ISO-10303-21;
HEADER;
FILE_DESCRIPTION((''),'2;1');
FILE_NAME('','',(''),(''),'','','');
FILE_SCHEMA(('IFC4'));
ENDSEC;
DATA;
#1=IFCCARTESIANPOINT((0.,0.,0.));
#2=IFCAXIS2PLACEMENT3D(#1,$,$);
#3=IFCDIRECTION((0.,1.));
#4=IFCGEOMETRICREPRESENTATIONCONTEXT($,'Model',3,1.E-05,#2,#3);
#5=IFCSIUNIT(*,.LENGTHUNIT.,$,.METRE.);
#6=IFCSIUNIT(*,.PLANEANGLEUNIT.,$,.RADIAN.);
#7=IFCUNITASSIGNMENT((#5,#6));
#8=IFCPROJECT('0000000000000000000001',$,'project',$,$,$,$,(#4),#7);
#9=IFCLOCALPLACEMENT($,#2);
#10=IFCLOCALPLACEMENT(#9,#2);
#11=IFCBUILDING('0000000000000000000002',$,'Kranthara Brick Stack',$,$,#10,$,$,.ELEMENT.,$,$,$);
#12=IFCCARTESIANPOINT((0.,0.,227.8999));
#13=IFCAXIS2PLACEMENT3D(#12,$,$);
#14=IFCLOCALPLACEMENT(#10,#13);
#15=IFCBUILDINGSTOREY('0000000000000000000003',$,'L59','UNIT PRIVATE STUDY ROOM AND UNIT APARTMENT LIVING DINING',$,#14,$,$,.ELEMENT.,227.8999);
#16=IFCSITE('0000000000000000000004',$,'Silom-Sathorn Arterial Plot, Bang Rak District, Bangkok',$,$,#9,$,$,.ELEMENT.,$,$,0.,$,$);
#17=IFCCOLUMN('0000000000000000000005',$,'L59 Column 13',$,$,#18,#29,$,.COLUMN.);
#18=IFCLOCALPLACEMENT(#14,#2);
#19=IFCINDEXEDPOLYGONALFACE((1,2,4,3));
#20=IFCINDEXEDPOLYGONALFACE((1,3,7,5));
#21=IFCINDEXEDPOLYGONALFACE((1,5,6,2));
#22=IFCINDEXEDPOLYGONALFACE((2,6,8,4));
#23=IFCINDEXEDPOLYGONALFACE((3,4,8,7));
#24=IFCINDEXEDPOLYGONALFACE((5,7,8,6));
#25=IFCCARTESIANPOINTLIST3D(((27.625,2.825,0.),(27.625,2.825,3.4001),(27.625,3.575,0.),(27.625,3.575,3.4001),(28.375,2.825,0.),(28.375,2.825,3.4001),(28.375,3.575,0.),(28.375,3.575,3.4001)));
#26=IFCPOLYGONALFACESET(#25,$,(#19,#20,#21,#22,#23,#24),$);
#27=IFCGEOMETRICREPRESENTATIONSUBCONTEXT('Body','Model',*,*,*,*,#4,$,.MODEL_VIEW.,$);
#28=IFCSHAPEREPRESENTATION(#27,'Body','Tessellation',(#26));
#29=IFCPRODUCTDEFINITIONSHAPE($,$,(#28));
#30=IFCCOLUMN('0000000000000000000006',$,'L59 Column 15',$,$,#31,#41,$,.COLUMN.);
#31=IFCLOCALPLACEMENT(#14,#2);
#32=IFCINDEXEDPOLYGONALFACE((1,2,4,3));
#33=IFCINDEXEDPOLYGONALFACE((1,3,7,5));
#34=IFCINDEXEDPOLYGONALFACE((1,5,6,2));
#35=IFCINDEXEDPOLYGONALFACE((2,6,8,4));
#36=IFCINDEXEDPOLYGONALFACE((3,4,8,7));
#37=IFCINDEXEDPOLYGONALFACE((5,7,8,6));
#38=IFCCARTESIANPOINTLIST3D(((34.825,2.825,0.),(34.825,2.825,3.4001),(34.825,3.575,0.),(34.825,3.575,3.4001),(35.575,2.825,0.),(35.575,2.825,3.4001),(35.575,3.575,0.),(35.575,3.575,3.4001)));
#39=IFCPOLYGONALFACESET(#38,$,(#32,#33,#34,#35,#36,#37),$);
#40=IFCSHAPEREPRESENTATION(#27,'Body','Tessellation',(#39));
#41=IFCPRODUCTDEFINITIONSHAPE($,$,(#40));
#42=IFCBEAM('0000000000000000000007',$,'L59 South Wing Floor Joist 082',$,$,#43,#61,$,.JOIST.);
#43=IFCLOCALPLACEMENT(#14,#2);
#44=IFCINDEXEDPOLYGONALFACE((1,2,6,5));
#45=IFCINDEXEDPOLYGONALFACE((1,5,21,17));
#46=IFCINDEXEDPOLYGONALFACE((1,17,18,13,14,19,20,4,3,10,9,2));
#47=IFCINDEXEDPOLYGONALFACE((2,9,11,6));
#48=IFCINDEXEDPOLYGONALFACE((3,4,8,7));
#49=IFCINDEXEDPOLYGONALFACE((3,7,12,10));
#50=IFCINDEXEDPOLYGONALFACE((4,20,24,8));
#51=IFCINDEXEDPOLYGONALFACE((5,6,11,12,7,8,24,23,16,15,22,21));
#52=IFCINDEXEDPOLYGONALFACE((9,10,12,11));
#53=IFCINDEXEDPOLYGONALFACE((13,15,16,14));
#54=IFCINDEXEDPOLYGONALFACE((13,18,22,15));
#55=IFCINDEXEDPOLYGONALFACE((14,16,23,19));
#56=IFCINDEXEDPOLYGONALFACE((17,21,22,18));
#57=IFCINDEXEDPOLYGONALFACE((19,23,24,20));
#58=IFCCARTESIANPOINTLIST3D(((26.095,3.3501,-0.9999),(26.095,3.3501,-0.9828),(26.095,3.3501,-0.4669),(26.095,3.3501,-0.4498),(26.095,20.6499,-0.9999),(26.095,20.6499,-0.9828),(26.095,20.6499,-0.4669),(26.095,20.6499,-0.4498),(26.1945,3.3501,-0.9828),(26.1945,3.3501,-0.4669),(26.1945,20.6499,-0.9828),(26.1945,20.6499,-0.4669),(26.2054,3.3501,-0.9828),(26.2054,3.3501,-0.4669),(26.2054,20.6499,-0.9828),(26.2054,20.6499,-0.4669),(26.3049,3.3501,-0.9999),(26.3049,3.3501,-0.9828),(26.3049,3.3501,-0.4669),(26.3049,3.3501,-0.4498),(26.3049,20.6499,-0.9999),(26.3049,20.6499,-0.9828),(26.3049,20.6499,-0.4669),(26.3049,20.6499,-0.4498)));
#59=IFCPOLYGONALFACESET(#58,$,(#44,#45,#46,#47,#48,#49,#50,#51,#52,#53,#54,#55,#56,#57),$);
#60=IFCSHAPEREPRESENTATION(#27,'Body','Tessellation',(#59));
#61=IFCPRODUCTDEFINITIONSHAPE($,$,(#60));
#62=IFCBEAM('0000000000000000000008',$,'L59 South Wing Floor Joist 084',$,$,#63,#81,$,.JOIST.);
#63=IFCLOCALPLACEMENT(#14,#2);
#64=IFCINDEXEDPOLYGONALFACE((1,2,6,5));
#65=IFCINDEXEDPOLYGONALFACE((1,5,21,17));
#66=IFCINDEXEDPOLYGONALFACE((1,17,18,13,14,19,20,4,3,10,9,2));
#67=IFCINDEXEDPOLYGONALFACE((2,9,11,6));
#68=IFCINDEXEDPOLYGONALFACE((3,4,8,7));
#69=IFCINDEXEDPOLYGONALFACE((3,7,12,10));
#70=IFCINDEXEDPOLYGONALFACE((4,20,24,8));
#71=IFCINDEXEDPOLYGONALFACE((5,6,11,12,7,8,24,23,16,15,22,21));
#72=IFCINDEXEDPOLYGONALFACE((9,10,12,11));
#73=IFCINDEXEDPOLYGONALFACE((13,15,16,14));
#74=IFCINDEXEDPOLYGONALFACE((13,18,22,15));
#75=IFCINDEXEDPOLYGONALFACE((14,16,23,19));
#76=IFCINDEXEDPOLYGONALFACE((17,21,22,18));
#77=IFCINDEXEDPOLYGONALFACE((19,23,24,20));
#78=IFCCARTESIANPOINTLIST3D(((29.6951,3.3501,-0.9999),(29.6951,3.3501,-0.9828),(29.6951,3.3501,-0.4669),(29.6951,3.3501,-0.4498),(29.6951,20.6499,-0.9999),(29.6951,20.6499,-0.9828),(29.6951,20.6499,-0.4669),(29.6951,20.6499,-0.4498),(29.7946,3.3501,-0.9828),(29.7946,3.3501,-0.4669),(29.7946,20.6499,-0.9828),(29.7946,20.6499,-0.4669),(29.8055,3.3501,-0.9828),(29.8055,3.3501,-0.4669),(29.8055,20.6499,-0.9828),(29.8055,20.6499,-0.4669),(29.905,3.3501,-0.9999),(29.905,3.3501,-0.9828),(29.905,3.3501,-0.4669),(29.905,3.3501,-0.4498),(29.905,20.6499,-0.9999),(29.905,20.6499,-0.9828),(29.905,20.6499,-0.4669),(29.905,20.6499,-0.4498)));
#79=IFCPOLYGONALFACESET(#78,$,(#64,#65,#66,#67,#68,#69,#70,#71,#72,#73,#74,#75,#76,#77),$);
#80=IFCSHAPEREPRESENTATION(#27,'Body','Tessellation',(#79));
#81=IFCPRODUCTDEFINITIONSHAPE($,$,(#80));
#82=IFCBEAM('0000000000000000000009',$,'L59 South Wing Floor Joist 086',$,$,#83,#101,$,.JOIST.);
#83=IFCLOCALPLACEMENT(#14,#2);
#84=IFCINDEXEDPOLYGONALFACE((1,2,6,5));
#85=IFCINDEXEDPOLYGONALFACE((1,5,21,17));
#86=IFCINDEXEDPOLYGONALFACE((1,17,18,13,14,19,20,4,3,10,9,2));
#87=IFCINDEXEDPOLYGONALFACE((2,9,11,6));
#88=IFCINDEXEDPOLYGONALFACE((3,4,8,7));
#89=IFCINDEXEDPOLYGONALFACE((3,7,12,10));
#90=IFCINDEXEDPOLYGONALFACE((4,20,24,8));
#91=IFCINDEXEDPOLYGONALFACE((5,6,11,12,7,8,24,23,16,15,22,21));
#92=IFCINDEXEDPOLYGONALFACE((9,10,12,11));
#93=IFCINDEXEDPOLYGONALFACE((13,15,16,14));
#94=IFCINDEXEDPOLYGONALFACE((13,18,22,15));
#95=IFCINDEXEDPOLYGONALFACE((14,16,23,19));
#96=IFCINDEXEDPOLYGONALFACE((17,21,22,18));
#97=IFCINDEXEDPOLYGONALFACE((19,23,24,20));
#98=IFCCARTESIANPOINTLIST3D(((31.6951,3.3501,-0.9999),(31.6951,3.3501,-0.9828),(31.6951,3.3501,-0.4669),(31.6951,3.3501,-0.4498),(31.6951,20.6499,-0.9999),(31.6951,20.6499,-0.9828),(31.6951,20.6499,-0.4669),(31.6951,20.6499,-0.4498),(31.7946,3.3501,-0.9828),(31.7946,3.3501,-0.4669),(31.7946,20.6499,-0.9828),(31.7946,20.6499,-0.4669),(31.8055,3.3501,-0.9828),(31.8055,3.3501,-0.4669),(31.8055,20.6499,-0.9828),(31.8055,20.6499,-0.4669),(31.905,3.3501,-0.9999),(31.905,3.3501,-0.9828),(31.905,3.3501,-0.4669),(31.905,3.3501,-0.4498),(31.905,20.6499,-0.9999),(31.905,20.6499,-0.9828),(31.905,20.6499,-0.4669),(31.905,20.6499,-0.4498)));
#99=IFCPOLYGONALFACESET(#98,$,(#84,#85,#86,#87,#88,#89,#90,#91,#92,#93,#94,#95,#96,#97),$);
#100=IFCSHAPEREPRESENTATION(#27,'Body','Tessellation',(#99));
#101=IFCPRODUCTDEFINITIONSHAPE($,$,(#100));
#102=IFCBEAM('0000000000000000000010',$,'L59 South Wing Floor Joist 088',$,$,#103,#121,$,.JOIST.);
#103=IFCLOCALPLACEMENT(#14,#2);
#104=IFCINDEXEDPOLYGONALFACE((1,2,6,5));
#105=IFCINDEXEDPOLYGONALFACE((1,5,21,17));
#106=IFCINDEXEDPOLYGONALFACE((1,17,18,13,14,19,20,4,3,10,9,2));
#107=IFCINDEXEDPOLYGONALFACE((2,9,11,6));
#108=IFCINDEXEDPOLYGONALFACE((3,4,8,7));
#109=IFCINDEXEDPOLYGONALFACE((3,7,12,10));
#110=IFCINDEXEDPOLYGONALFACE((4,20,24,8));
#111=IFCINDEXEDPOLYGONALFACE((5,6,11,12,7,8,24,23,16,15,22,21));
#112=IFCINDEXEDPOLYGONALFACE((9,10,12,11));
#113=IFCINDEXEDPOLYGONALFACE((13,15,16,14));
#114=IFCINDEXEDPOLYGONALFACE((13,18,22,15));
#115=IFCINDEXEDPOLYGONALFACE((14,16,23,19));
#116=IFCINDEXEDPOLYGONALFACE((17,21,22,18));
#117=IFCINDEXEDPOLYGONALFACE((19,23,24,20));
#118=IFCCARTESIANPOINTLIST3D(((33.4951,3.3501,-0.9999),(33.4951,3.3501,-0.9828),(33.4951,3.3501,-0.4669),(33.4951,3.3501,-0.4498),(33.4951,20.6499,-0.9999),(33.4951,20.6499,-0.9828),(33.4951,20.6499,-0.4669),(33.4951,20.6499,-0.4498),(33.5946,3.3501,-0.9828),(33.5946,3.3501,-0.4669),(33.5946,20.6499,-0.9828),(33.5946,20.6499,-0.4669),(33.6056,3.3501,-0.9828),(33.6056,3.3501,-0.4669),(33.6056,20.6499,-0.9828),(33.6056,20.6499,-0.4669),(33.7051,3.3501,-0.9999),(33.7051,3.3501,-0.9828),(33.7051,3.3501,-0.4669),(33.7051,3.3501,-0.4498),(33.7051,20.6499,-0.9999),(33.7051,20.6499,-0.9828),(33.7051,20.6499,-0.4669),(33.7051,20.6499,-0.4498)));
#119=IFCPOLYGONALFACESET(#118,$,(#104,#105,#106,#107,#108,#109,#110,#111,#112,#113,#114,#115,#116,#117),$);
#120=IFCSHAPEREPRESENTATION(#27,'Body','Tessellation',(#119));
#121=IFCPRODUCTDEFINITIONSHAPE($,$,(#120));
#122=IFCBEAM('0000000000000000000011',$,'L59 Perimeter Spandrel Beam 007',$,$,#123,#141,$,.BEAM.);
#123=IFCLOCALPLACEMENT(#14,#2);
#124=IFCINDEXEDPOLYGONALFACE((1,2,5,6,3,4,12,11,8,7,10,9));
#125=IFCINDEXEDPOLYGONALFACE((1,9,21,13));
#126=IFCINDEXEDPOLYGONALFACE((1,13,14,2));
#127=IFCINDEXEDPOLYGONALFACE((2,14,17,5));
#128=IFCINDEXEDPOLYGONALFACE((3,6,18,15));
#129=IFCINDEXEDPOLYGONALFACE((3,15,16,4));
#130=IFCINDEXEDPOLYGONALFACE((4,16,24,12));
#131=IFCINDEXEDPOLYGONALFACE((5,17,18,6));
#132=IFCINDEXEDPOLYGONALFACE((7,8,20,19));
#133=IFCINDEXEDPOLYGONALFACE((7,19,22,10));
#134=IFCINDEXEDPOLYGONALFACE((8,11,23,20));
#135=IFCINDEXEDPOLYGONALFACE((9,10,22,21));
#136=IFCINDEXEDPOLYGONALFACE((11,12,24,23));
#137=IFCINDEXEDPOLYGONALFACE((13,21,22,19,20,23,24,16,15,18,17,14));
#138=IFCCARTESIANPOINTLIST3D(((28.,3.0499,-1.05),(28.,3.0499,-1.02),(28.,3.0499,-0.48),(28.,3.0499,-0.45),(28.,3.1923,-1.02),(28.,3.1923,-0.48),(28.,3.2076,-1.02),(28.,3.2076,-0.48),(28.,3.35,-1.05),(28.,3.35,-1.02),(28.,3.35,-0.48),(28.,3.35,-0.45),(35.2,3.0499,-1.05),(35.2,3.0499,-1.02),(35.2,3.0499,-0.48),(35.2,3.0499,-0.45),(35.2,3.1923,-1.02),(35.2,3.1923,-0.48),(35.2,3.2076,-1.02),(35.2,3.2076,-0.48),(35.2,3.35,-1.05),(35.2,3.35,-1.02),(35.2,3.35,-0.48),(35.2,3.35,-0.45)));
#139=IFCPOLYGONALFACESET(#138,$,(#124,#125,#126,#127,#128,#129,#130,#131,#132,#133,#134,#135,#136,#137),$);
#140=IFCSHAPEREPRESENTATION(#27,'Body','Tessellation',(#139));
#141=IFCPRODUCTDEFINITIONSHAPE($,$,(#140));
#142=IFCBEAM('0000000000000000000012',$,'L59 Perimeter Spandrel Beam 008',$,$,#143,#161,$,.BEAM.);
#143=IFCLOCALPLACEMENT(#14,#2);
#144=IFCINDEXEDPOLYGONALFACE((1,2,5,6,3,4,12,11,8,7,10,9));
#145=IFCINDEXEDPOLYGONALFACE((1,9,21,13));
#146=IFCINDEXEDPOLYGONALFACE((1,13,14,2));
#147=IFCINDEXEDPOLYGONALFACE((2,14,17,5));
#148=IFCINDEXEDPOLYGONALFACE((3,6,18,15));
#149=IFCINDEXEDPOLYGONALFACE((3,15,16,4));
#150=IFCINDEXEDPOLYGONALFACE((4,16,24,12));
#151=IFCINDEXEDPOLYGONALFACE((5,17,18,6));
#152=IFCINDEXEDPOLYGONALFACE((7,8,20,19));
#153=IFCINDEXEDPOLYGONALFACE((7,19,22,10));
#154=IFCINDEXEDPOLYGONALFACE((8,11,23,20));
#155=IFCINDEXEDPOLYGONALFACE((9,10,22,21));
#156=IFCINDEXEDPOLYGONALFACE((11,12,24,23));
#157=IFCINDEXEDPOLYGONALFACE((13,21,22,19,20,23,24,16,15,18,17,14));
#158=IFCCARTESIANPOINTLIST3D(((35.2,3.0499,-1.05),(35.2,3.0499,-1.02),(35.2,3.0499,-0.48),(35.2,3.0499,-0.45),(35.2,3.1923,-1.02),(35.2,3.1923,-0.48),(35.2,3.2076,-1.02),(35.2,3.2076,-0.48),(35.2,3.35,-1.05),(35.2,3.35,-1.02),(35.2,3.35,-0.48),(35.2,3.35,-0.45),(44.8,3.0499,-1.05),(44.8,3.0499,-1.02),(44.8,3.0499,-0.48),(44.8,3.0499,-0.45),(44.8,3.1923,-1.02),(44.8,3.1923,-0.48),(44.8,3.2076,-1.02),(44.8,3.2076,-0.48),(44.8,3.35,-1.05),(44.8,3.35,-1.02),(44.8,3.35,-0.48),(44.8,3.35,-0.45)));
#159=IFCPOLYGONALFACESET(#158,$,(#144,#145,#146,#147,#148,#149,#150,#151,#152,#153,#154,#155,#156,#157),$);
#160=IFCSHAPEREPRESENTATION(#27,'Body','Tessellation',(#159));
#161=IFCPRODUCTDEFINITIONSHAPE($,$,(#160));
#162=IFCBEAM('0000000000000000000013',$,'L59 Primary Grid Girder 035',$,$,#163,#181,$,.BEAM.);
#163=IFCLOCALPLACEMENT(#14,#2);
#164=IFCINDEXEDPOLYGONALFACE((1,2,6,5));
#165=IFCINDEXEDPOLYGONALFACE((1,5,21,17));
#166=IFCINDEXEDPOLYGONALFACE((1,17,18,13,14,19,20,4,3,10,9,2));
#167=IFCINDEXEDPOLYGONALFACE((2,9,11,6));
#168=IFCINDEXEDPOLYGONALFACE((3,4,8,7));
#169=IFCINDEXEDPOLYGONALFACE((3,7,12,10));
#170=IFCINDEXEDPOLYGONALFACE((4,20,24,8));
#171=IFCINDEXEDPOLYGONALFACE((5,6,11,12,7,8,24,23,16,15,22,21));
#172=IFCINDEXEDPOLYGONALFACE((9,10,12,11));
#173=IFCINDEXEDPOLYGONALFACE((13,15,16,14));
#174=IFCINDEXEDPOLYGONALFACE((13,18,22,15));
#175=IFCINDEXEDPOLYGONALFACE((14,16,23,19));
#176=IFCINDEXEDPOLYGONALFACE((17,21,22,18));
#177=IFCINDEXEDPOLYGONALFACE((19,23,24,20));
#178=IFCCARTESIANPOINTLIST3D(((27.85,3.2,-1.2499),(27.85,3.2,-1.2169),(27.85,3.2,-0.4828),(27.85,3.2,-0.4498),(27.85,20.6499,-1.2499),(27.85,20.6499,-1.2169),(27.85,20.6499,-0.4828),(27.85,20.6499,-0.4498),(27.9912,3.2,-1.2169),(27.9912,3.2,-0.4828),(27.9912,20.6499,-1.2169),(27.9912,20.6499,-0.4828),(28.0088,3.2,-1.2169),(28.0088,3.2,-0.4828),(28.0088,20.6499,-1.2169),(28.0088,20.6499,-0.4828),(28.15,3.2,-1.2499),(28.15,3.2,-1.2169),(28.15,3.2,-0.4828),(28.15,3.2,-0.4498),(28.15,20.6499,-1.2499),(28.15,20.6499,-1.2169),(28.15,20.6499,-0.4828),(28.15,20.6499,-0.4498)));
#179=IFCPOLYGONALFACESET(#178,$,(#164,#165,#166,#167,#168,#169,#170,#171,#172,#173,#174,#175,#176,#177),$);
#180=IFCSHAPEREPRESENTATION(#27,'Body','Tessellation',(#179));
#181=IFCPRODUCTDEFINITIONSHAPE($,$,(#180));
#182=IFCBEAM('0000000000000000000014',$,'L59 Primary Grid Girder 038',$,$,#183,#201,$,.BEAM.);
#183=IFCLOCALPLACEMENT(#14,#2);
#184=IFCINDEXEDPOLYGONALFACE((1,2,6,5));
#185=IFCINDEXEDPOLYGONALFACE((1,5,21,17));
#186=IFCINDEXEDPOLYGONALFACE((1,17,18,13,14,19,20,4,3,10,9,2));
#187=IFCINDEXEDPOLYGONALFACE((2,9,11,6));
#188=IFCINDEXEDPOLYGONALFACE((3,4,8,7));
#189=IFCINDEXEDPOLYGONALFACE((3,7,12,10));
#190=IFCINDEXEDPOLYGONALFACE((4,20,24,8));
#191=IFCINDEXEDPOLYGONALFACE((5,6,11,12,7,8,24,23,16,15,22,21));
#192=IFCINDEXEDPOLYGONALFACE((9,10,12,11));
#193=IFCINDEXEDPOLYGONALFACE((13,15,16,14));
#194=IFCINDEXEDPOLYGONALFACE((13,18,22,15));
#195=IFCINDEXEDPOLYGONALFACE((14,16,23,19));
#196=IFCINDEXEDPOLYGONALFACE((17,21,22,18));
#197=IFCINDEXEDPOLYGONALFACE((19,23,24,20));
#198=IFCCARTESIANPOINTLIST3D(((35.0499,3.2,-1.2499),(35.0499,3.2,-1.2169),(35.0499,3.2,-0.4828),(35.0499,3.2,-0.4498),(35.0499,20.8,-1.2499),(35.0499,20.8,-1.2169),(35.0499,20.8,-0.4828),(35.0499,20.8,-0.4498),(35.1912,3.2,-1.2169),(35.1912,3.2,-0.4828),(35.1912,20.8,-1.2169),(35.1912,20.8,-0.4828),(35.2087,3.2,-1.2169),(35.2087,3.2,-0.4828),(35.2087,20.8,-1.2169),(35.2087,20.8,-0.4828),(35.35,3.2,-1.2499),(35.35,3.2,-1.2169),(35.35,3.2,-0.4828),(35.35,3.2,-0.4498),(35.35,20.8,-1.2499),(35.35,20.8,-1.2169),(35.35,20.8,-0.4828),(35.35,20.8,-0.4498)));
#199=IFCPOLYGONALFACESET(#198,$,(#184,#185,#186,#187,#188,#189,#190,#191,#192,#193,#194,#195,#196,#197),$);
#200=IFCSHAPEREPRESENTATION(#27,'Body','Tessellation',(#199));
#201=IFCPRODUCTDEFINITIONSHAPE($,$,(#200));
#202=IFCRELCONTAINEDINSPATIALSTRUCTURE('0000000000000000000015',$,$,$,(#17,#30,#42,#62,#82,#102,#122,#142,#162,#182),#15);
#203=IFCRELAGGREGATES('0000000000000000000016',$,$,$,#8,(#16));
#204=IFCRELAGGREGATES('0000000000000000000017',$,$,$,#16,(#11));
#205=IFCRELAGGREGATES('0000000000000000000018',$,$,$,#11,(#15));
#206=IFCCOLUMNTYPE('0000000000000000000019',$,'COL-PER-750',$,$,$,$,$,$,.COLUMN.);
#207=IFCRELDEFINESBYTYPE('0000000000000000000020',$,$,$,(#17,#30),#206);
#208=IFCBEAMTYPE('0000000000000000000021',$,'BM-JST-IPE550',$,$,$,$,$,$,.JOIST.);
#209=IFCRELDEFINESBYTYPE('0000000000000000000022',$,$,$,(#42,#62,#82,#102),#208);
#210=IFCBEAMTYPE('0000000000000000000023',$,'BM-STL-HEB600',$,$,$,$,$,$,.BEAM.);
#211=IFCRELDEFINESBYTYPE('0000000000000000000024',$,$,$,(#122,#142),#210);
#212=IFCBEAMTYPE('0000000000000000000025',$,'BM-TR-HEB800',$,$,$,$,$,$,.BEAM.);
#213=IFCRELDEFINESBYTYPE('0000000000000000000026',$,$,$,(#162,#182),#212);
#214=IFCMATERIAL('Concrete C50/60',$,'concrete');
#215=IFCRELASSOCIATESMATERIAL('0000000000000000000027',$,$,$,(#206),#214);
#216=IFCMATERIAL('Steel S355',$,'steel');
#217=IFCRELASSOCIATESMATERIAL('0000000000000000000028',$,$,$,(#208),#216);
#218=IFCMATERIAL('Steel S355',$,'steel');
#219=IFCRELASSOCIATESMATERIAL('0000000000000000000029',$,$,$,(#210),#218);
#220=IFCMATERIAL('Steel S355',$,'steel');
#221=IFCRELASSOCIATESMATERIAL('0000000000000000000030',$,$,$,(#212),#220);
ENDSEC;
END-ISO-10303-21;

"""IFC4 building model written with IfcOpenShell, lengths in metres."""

from ifc_helpers import new_model, si_unit, direction, frame, origin, origin_2d, place, context, subcontext, project, spatial, rectangle, i_section, extrude, material, material_profile, profile_set, type_object, element, save


model = new_model("IFC4")

# Units and contexts
model_context = context("Model", 3, precision=1e-05, world=origin(), true_north=direction((0.0, 1.0)))
body_context = subcontext(model_context, "Body", "Model", "MODEL_VIEW")
ifc_project = project(units=[si_unit("LENGTHUNIT", "METRE"), si_unit("PLANEANGLEUNIT", "RADIAN")], contexts=[model_context])

# Site, building, storey
site_placement = place(None, origin())
site = spatial("IfcSite", under=ifc_project, at=site_placement, Name="Silom-Sathorn Arterial Plot, Bang Rak District, Bangkok", CompositionType="ELEMENT", RefElevation=0.0)
building_placement = place(site_placement, origin())
building = spatial("IfcBuilding", under=site, at=building_placement, Name="Kranthara Brick Stack", CompositionType="ELEMENT")
storey_placement = place(building_placement, frame((0.0, 0.0, 227.8999)))
storey = spatial("IfcBuildingStorey", under=building, at=storey_placement, Name="L59", Description="UNIT PRIVATE STUDY ROOM AND UNIT APARTMENT LIVING DINING", CompositionType="ELEMENT", Elevation=227.8999)

# Columns
ifc_material_1 = material(Name="Concrete C50/60", Category="concrete")
ifc_material_profile_1 = material_profile(ifc_material_1, rectangle(XDim=0.75, YDim=0.75, at=origin_2d()), Name="RC 750x750")
ifc_profile_set_1 = profile_set([ifc_material_profile_1], Name="Concrete C50/60")
column_type = type_object("IfcColumnType", Name="COL-PER-750", PredefinedType="COLUMN", material=ifc_profile_set_1)
for number, where, z_axis, x_axis, name in (
    (1, (28.0, 3.2, 0.0), (0.0, 0.0, 1.0), (1.0, 0.0, 0.0), "L59 Column 13"),
    (2, (35.2, 3.2, 0.0), (0.0, 0.0, 1.0), (1.0, 0.0, 0.0), "L59 Column 15"),
):
    element("IfcColumn", number, at=place(storey_placement, frame(where, z_axis=z_axis, x_axis=x_axis)), inside=storey, type_object=column_type, Name=name, PredefinedType="COLUMN", context=body_context, shape_type="SweptSolid", body=[
        extrude(rectangle(XDim=0.75, YDim=0.75, at=origin_2d()), origin(), (0.0, 0.0, 1.0), 3.4001),
    ])

# Beams
ifc_material_2 = material(Name="Steel S355", Category="steel")
ifc_material_profile_2 = material_profile(ifc_material_2, i_section(OverallWidth=0.21, OverallDepth=0.55, WebThickness=0.011, FlangeThickness=0.0171, at=origin_2d()), Name="IPE 550")
ifc_profile_set_2 = profile_set([ifc_material_profile_2], Name="Steel S355")
beam_type_1 = type_object("IfcBeamType", Name="BM-JST-IPE550", PredefinedType="JOIST", material=ifc_profile_set_2)
for number, where, z_axis, x_axis, name in (
    (3, (26.2, 3.3501, -0.7249), (0.0, 1.0, 0.0), (-1.0, 0.0, 0.0), "L59 South Wing Floor Joist 082"),
    (4, (29.8, 3.3501, -0.7249), (0.0, 1.0, 0.0), (-1.0, 0.0, 0.0), "L59 South Wing Floor Joist 084"),
    (5, (31.8, 3.3501, -0.7249), (0.0, 1.0, 0.0), (-1.0, 0.0, 0.0), "L59 South Wing Floor Joist 086"),
    (6, (33.6001, 3.3501, -0.7249), (0.0, 1.0, 0.0), (-1.0, 0.0, 0.0), "L59 South Wing Floor Joist 088"),
):
    element("IfcBeam", number, at=place(storey_placement, frame(where, z_axis=z_axis, x_axis=x_axis)), inside=storey, type_object=beam_type_1, Name=name, PredefinedType="JOIST", context=body_context, shape_type="SweptSolid", body=[
        extrude(i_section(OverallWidth=0.21, OverallDepth=0.55, WebThickness=0.011, FlangeThickness=0.0171, at=origin_2d()), origin(), (0.0, 0.0, 1.0), 17.2998),
    ])
ifc_material_3 = material(Name="Steel S355", Category="steel")
ifc_material_profile_3 = material_profile(ifc_material_3, i_section(OverallWidth=0.3, OverallDepth=0.6001, WebThickness=0.0154, FlangeThickness=0.03, at=origin_2d()), Name="HEB 600")
ifc_profile_set_3 = profile_set([ifc_material_profile_3], Name="Steel S355")
beam_type_2 = type_object("IfcBeamType", Name="BM-STL-HEB600", PredefinedType="BEAM", material=ifc_profile_set_3)
beam_1_placement = place(storey_placement, frame((28.0, 3.2, -0.75), z_axis=(1.0, 0.0, 0.0), x_axis=(0.0, 1.0, 0.0)))
element("IfcBeam", 7, at=beam_1_placement, inside=storey, type_object=beam_type_2, Name="L59 Perimeter Spandrel Beam 007", PredefinedType="BEAM", context=body_context, shape_type="SweptSolid", body=[
    extrude(i_section(OverallWidth=0.3, OverallDepth=0.6001, WebThickness=0.0154, FlangeThickness=0.03, at=origin_2d()), origin(), (0.0, 0.0, 1.0), 7.2),
])
beam_2_placement = place(storey_placement, frame((35.2, 3.2, -0.75), z_axis=(1.0, 0.0, 0.0), x_axis=(0.0, 1.0, 0.0)))
element("IfcBeam", 8, at=beam_2_placement, inside=storey, type_object=beam_type_2, Name="L59 Perimeter Spandrel Beam 008", PredefinedType="BEAM", context=body_context, shape_type="SweptSolid", body=[
    extrude(i_section(OverallWidth=0.3, OverallDepth=0.6001, WebThickness=0.0154, FlangeThickness=0.03, at=origin_2d()), origin(), (0.0, 0.0, 1.0), 9.6001),
])
ifc_material_4 = material(Name="Steel S355", Category="steel")
ifc_material_profile_4 = material_profile(ifc_material_4, i_section(OverallWidth=0.3, OverallDepth=0.8, WebThickness=0.0176, FlangeThickness=0.033, at=origin_2d()), Name="HEB 800")
ifc_profile_set_4 = profile_set([ifc_material_profile_4], Name="Steel S355")
beam_type_3 = type_object("IfcBeamType", Name="BM-TR-HEB800", PredefinedType="BEAM", material=ifc_profile_set_4)
beam_3_placement = place(storey_placement, frame((28.0, 3.2, -0.8499), z_axis=(0.0, 1.0, 0.0), x_axis=(-1.0, 0.0, 0.0)))
element("IfcBeam", 9, at=beam_3_placement, inside=storey, type_object=beam_type_3, Name="L59 Primary Grid Girder 035", PredefinedType="BEAM", context=body_context, shape_type="SweptSolid", body=[
    extrude(i_section(OverallWidth=0.3, OverallDepth=0.8, WebThickness=0.0176, FlangeThickness=0.033, at=origin_2d()), origin(), (0.0, 0.0, 1.0), 17.45),
])
beam_4_placement = place(storey_placement, frame((35.2, 3.2, -0.8499), z_axis=(0.0, 1.0, 0.0), x_axis=(-1.0, 0.0, 0.0)))
element("IfcBeam", 10, at=beam_4_placement, inside=storey, type_object=beam_type_3, Name="L59 Primary Grid Girder 038", PredefinedType="BEAM", context=body_context, shape_type="SweptSolid", body=[
    extrude(i_section(OverallWidth=0.3, OverallDepth=0.8, WebThickness=0.0176, FlangeThickness=0.033, at=origin_2d()), origin(), (0.0, 0.0, 1.0), 17.6001),
])

save(model, "model.ifc")
